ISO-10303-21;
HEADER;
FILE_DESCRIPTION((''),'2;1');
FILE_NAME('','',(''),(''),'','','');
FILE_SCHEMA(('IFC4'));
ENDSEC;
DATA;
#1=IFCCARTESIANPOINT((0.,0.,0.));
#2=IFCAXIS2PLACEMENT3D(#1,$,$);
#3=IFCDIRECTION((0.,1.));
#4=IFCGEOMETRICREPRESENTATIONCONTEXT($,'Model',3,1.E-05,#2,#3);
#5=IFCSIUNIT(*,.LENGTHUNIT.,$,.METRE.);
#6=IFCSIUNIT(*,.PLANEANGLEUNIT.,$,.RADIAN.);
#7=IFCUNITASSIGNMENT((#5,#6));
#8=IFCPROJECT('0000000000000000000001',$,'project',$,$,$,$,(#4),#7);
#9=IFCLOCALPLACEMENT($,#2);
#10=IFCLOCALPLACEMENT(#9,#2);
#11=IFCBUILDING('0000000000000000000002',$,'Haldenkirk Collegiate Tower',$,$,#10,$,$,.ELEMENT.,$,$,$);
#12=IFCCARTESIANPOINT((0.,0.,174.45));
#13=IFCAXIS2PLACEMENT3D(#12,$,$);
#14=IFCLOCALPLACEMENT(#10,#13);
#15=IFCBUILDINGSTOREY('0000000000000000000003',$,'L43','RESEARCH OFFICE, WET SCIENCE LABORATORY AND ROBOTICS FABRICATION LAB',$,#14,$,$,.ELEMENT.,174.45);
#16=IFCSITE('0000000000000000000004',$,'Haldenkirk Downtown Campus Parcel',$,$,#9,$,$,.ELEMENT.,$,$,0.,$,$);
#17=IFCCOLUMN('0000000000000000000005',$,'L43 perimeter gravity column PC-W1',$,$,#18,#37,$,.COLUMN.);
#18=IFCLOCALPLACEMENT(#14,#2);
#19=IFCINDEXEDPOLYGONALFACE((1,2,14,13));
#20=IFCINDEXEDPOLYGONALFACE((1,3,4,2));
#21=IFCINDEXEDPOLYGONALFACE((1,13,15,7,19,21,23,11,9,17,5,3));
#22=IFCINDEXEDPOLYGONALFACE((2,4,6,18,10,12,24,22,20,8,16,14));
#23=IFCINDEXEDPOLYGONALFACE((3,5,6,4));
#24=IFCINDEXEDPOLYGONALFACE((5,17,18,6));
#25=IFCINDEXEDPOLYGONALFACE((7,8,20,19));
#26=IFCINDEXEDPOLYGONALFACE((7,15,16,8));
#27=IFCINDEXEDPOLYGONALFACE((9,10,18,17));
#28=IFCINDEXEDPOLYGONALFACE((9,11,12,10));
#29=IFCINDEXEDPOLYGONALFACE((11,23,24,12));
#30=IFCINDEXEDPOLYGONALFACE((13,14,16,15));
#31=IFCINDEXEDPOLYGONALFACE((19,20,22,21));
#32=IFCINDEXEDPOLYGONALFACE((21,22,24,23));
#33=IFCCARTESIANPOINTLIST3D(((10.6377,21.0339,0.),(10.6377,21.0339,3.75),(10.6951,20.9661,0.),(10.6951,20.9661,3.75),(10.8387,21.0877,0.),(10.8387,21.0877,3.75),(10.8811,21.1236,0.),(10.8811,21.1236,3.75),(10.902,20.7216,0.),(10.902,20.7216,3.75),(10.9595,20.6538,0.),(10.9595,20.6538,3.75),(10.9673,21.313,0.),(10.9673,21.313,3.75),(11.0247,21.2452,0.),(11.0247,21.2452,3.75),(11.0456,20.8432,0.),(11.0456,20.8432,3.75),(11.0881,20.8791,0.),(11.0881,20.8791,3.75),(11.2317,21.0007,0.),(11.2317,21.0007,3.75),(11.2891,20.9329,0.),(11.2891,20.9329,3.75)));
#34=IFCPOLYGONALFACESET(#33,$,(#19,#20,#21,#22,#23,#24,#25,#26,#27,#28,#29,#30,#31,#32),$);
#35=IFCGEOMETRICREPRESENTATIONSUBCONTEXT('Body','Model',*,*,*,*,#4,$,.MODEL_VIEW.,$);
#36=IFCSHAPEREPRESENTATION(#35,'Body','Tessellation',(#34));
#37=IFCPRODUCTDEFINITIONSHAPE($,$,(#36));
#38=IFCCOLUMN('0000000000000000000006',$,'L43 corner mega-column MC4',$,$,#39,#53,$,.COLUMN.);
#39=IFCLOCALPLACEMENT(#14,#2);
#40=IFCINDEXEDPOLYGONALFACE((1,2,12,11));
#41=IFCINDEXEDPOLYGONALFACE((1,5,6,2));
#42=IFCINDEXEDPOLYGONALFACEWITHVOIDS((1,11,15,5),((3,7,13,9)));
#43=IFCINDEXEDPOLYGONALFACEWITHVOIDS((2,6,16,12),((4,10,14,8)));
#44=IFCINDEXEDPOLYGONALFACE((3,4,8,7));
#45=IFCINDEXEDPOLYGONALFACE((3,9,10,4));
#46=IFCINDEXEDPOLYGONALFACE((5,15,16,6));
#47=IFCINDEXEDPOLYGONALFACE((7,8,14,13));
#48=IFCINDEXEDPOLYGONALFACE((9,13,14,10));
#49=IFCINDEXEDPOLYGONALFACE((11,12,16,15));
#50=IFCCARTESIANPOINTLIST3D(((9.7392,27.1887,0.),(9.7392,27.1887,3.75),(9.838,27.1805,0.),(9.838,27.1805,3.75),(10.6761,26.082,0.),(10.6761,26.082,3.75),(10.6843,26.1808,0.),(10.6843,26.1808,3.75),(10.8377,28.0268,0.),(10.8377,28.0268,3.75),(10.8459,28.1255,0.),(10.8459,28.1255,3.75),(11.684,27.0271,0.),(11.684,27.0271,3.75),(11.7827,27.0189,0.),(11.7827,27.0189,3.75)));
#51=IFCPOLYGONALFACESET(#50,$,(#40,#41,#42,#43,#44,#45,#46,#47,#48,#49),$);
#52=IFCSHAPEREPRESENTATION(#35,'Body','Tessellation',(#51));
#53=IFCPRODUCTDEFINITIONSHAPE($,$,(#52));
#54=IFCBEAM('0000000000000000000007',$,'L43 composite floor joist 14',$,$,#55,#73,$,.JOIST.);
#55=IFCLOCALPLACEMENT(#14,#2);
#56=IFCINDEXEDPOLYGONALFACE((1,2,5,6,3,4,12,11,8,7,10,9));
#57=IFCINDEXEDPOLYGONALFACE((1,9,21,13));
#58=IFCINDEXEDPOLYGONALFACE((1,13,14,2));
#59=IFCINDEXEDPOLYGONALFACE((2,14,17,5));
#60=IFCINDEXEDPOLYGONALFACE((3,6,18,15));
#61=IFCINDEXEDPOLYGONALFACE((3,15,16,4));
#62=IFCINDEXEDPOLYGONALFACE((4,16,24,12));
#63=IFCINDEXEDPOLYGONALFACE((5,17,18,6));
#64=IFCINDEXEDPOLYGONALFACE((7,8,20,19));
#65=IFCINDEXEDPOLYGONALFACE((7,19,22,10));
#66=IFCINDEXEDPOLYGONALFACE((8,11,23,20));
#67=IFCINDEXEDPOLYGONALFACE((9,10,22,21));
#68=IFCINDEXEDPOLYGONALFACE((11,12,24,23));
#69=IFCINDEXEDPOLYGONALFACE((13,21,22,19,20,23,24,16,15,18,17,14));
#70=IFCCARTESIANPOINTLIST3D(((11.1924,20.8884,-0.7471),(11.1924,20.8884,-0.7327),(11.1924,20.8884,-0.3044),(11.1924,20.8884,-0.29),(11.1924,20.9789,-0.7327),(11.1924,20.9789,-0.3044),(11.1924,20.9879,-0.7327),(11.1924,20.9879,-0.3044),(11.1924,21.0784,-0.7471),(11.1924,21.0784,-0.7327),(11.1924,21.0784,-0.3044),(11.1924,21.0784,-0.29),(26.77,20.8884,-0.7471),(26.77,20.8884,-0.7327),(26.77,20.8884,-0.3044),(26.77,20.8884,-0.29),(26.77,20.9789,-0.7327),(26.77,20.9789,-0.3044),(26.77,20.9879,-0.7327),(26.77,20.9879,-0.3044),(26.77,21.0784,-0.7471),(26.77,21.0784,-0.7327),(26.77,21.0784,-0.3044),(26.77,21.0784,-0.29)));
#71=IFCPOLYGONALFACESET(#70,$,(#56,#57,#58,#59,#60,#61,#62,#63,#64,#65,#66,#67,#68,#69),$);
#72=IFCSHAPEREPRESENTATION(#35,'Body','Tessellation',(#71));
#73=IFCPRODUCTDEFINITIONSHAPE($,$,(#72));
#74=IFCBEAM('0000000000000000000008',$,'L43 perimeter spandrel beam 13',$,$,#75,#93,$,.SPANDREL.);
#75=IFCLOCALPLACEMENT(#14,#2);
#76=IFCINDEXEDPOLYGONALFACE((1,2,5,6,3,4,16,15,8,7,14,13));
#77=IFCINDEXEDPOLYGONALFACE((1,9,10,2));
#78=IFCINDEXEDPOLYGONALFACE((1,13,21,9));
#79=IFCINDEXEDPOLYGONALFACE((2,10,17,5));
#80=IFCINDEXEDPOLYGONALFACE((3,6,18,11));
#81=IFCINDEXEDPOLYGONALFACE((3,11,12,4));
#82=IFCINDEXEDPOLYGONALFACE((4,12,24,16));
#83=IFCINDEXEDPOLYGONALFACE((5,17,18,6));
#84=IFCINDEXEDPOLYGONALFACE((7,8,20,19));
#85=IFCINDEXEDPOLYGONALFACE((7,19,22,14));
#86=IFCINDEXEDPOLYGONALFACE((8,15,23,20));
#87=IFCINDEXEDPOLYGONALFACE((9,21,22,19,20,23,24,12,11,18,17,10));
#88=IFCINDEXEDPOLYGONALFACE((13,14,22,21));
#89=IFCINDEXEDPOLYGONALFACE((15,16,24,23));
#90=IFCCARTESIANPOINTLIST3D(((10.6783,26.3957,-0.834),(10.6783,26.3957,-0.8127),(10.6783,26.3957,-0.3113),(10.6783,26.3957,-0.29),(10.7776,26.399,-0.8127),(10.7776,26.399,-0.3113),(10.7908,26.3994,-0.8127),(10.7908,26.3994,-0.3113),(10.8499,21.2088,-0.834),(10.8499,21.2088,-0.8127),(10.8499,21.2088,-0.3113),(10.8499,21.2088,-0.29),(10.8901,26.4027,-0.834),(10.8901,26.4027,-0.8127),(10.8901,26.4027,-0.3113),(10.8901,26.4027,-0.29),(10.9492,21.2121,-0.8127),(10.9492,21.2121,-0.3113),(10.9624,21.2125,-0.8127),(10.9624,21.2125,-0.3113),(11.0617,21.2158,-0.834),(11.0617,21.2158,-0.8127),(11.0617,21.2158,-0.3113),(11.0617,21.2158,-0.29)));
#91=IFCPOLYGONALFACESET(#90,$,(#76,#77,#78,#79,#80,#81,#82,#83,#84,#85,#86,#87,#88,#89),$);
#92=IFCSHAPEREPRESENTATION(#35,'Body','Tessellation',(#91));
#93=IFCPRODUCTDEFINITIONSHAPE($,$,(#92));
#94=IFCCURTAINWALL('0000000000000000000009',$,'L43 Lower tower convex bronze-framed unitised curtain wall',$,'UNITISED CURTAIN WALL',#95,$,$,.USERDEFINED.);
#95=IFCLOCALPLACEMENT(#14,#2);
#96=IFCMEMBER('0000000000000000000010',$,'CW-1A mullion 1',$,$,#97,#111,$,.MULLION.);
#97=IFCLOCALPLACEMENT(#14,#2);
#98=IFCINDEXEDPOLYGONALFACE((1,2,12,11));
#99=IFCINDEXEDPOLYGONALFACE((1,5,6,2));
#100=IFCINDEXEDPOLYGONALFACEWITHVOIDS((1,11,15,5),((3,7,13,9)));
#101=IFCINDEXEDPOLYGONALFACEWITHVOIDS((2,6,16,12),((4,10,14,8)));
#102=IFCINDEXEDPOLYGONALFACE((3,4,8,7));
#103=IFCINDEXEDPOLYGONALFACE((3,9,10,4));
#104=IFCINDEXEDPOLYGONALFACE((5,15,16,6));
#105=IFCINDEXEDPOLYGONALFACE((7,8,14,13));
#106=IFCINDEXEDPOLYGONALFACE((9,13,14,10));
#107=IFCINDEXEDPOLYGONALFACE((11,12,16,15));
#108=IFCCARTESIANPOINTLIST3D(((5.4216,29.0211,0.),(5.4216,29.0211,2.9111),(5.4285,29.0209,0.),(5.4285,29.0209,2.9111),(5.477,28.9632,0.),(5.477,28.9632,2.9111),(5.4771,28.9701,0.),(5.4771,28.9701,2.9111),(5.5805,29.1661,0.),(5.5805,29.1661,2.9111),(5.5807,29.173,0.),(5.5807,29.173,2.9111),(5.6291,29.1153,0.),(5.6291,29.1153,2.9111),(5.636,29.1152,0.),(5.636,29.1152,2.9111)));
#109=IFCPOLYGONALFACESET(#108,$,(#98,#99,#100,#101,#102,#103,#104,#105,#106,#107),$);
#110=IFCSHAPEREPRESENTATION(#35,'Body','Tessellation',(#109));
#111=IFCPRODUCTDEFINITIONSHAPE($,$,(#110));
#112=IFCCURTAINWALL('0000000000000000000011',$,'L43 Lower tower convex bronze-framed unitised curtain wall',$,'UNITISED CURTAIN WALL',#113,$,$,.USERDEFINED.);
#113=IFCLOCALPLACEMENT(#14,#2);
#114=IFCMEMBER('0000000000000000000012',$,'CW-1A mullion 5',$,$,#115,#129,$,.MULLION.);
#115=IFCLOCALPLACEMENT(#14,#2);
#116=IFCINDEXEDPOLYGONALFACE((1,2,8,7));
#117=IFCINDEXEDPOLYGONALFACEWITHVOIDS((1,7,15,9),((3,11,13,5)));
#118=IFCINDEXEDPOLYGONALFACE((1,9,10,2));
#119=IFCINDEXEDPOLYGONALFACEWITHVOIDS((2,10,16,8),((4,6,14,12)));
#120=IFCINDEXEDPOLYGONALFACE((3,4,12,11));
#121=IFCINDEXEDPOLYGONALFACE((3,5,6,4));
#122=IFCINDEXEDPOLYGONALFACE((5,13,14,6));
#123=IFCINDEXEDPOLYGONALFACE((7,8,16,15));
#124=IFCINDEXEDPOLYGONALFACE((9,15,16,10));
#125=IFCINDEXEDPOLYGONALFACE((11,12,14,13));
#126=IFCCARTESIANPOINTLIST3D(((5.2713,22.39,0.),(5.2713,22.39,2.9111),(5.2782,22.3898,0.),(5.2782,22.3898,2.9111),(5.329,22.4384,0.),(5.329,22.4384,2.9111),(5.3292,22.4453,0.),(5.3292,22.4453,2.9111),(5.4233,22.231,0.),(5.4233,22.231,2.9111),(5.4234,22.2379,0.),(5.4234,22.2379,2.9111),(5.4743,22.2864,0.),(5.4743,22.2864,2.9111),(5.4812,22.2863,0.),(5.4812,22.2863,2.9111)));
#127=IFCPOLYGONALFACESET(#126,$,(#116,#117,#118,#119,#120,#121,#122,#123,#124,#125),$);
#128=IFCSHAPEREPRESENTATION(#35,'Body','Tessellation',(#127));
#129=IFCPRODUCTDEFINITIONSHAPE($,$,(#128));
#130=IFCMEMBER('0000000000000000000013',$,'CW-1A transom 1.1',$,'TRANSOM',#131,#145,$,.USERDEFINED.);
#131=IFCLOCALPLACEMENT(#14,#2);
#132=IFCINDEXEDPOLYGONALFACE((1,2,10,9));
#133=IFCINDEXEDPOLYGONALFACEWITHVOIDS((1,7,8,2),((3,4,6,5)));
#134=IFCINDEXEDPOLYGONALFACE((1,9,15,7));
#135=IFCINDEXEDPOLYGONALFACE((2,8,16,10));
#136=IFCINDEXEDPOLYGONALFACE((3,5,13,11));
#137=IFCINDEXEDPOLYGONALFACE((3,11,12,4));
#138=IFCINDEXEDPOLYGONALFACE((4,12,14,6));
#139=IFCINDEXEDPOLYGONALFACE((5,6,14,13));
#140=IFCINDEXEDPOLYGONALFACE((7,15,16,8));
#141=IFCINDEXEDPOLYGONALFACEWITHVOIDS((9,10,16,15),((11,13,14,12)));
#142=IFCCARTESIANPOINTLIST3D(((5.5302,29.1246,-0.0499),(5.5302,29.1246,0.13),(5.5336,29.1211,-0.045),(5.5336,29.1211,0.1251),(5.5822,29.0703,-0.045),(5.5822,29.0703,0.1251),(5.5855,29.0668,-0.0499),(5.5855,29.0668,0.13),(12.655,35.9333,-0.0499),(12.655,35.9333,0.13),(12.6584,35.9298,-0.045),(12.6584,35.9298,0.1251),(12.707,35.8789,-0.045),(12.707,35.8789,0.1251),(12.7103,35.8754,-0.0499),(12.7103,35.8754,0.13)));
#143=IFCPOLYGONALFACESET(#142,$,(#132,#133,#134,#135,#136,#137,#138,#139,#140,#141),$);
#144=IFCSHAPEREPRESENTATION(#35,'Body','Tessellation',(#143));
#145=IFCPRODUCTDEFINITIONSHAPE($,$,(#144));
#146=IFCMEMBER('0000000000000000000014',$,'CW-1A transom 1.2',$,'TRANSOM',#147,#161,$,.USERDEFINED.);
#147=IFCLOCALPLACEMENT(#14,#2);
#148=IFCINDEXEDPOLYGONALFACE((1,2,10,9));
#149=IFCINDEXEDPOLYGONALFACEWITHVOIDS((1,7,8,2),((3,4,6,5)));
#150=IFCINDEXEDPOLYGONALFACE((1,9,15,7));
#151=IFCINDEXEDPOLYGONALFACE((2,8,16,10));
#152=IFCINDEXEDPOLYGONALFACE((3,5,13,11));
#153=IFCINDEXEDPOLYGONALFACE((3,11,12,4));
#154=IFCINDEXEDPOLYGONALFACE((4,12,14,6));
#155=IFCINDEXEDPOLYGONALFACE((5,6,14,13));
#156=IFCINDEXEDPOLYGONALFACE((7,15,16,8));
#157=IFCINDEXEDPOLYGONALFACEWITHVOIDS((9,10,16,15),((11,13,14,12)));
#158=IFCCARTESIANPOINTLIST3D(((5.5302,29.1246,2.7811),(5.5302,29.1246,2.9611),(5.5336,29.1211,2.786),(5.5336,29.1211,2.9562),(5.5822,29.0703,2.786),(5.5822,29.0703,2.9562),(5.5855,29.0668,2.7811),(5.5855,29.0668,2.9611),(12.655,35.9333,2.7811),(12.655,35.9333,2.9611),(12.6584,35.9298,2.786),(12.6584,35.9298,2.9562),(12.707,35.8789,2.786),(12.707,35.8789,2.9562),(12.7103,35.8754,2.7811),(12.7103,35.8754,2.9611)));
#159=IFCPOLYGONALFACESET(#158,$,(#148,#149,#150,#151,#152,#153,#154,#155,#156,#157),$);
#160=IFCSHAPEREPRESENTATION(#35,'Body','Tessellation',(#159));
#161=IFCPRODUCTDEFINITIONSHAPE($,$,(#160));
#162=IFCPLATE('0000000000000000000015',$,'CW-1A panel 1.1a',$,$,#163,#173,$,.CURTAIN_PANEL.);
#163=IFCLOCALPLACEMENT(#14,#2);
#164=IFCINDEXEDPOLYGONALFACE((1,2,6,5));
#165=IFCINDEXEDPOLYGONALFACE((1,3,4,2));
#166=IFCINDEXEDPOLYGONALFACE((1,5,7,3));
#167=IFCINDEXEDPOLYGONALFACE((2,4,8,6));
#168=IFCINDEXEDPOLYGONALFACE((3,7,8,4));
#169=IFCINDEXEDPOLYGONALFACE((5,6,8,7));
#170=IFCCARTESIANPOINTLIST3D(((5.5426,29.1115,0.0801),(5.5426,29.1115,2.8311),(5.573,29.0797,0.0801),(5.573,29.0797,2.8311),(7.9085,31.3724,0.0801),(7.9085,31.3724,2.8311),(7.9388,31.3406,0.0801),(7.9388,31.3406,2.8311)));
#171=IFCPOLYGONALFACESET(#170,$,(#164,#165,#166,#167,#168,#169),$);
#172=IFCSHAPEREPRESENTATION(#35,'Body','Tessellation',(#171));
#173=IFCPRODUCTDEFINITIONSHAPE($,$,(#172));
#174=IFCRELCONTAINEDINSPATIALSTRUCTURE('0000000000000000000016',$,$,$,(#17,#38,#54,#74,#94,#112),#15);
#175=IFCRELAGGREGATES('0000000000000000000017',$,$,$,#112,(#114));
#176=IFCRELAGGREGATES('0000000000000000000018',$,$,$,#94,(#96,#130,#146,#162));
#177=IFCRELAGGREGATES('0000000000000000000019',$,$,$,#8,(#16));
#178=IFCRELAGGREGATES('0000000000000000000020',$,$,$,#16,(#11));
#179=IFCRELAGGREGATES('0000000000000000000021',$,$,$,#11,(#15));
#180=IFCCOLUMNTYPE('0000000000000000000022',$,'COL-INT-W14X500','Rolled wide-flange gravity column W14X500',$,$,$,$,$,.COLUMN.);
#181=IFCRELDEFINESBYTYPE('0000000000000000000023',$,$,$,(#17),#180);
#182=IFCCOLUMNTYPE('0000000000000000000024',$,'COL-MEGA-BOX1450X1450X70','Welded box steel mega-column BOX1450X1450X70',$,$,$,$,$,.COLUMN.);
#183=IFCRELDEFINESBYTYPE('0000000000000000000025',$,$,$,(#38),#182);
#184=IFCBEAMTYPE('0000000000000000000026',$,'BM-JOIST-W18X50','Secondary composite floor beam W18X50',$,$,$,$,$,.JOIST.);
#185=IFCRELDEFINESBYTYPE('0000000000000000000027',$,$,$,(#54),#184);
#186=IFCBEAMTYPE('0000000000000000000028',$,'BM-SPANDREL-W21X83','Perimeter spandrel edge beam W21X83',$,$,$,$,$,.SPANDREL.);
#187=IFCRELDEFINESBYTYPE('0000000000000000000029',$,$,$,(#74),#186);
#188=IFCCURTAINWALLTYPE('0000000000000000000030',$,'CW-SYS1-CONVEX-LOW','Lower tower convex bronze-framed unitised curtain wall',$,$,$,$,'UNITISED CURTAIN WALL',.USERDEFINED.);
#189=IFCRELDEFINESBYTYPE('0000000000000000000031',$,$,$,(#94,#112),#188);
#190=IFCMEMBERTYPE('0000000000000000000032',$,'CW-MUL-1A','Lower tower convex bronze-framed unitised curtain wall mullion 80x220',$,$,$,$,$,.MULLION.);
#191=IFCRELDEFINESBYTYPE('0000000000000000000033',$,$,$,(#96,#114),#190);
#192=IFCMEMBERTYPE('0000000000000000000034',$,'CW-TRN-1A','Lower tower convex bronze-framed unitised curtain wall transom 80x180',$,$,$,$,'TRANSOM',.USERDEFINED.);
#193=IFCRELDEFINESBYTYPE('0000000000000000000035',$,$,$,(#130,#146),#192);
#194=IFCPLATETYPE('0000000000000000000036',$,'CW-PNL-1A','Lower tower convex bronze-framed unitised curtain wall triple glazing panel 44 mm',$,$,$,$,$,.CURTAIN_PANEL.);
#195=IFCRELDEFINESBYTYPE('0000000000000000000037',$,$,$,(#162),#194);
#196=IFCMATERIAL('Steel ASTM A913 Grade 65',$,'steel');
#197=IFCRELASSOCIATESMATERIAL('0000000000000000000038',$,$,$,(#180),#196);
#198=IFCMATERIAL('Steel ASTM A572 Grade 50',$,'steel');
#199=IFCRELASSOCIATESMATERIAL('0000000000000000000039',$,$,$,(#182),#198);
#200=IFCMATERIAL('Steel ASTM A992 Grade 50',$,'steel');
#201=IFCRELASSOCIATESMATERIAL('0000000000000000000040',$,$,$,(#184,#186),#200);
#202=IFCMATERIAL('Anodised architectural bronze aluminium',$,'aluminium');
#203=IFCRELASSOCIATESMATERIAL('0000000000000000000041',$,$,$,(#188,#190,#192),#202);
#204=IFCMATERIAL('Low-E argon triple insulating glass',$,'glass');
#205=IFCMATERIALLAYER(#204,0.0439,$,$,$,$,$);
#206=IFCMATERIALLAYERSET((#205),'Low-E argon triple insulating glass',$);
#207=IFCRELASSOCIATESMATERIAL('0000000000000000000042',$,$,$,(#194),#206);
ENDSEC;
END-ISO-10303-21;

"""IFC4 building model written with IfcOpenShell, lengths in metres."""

from ifc_helpers import new_model, si_unit, direction, frame, origin, origin_2d, place, context, subcontext, project, spatial, rectangle, hollow_rectangle, i_section, extrude, source, transform, mapped, material, layer, layer_set, material_profile, profile_set, type_object, element, aggregate, save


model = new_model("IFC4")

# Units and contexts
model_context = context("Model", 3, precision=1e-05, world=origin(), true_north=direction((0.0, 1.0)))
body_context = subcontext(model_context, "Body", "Model", "MODEL_VIEW")
ifc_project = project(units=[si_unit("LENGTHUNIT", "METRE"), si_unit("PLANEANGLEUNIT", "RADIAN")], contexts=[model_context])

# Site, building, storey
site_placement = place(None, origin())
site = spatial("IfcSite", under=ifc_project, at=site_placement, Name="Haldenkirk Downtown Campus Parcel", CompositionType="ELEMENT", RefElevation=0.0)
building_placement = place(site_placement, origin())
building = spatial("IfcBuilding", under=site, at=building_placement, Name="Haldenkirk Collegiate Tower", CompositionType="ELEMENT")
storey_placement = place(building_placement, frame((0.0, 0.0, 174.45)))
storey = spatial("IfcBuildingStorey", under=building, at=storey_placement, Name="L43", Description="RESEARCH OFFICE, WET SCIENCE LABORATORY AND ROBOTICS FABRICATION LAB", CompositionType="ELEMENT", Elevation=174.45)

# Columns
ifc_material_1 = material(Name="Steel ASTM A913 Grade 65", Category="steel")
ifc_material_profile_1 = material_profile(ifc_material_1, i_section(OverallWidth=0.4319, OverallDepth=0.498, WebThickness=0.0557, FlangeThickness=0.0889, at=origin_2d()), Name="W14X500")
ifc_profile_set_1 = profile_set([ifc_material_profile_1], Name="Steel ASTM A913 Grade 65")
column_type_1 = type_object("IfcColumnType", Name="COL-INT-W14X500", Description="Rolled wide-flange gravity column W14X500", PredefinedType="COLUMN", material=ifc_profile_set_1)
column_1_placement = place(storey_placement, frame((10.9634, 20.9834, 0.0), z_axis=(0.0, 0.0, 1.0), x_axis=(0.763232, 0.646124, 0.0)))
element("IfcColumn", 1, at=column_1_placement, inside=storey, type_object=column_type_1, Name="L43 perimeter gravity column PC-W1", PredefinedType="COLUMN", context=body_context, shape_type="SweptSolid", body=[
    extrude(i_section(OverallWidth=0.4319, OverallDepth=0.498, WebThickness=0.0557, FlangeThickness=0.0889, at=origin_2d()), origin(), (0.0, 0.0, 1.0), 3.75),
])
ifc_material_2 = material(Name="Steel ASTM A572 Grade 50", Category="steel")
ifc_material_profile_2 = material_profile(ifc_material_2, hollow_rectangle(XDim=1.45, YDim=1.45, WallThickness=0.0701, at=origin_2d()), Name="BOX1450X1450X70")
ifc_profile_set_2 = profile_set([ifc_material_profile_2], Name="Steel ASTM A572 Grade 50")
column_type_2 = type_object("IfcColumnType", Name="COL-MEGA-BOX1450X1450X70", Description="Welded box steel mega-column BOX1450X1450X70", PredefinedType="COLUMN", material=ifc_profile_set_2)
column_2_placement = place(storey_placement, frame((10.761, 27.1038, 0.0), z_axis=(0.0, 0.0, 1.0), x_axis=(0.763232, 0.646124, 0.0)))
element("IfcColumn", 2, at=column_2_placement, inside=storey, type_object=column_type_2, Name="L43 corner mega-column MC4", PredefinedType="COLUMN", context=body_context, shape_type="SweptSolid", body=[
    extrude(hollow_rectangle(XDim=1.45, YDim=1.45, WallThickness=0.0701, at=origin_2d()), origin(), (0.0, 0.0, 1.0), 3.75),
])

# Beams
ifc_material_3 = material(Name="Steel ASTM A992 Grade 50", Category="steel")
ifc_material_profile_3 = material_profile(ifc_material_3, i_section(OverallWidth=0.1899, OverallDepth=0.457, WebThickness=0.009, FlangeThickness=0.0144, at=origin_2d()), Name="W18X50")
ifc_profile_set_3 = profile_set([ifc_material_profile_3], Name="Steel ASTM A992 Grade 50")
beam_type_1 = type_object("IfcBeamType", Name="BM-JOIST-W18X50", Description="Secondary composite floor beam W18X50", PredefinedType="JOIST", material=ifc_profile_set_3)
beam_1_placement = place(storey_placement, frame((11.1924, 20.9834, -0.5186), z_axis=(1.0, 0.0, 0.0), x_axis=(0.0, 1.0, 0.0)))
element("IfcBeam", 3, at=beam_1_placement, inside=storey, type_object=beam_type_1, Name="L43 composite floor joist 14", PredefinedType="JOIST", context=body_context, shape_type="SweptSolid", body=[
    extrude(i_section(OverallWidth=0.1899, OverallDepth=0.457, WebThickness=0.009, FlangeThickness=0.0144, at=origin_2d()), origin(), (0.0, 0.0, 1.0), 15.5776),
])
ifc_material_profile_4 = material_profile(ifc_material_3, i_section(OverallWidth=0.2119, OverallDepth=0.5439, WebThickness=0.0132, FlangeThickness=0.0212, at=origin_2d()), Name="W21X83")
ifc_profile_set_4 = profile_set([ifc_material_profile_4], Name="Steel ASTM A992 Grade 50")
beam_type_2 = type_object("IfcBeamType", Name="BM-SPANDREL-W21X83", Description="Perimeter spandrel edge beam W21X83", PredefinedType="SPANDREL", material=ifc_profile_set_4)
beam_2_placement = place(storey_placement, frame((10.7842, 26.3992, -0.562), z_axis=(0.033072, -0.999453, 0.0), x_axis=(0.999453, 0.033072, 0.0)))
element("IfcBeam", 4, at=beam_2_placement, inside=storey, type_object=beam_type_2, Name="L43 perimeter spandrel beam 13", PredefinedType="SPANDREL", context=body_context, shape_type="SweptSolid", body=[
    extrude(i_section(OverallWidth=0.2119, OverallDepth=0.5439, WebThickness=0.0132, FlangeThickness=0.0212, at=origin_2d()), origin(), (0.0, 0.0, 1.0), 5.1897),
])

# Curtain walls, members
ifc_material_4 = material(Name="Anodised architectural bronze aluminium", Category="aluminium")
curtain_wall_type = type_object("IfcCurtainWallType", Name="CW-SYS1-CONVEX-LOW", Description="Lower tower convex bronze-framed unitised curtain wall", ElementType="UNITISED CURTAIN WALL", PredefinedType="USERDEFINED", material=ifc_material_4)
curtain_wall_1_placement = place(storey_placement, origin())
curtain_wall_1 = element("IfcCurtainWall", 5, at=curtain_wall_1_placement, inside=storey, type_object=curtain_wall_type, Name="L43 Lower tower convex bronze-framed unitised curtain wall", ObjectType="UNITISED CURTAIN WALL", PredefinedType="USERDEFINED")
ifc_material_profile_5 = material_profile(ifc_material_4, hollow_rectangle(XDim=0.0801, YDim=0.22, WallThickness=0.0049, at=origin_2d()), Name="CW-MUL-1A")
ifc_profile_set_5 = profile_set([ifc_material_profile_5], Name="Anodised architectural bronze aluminium")
member_type_1 = type_object("IfcMemberType", Name="CW-MUL-1A", Description="Lower tower convex bronze-framed unitised curtain wall mullion 80x220", PredefinedType="MULLION", material=ifc_profile_set_5)
member_1_placement = place(storey_placement, frame((5.5288, 29.0681, 0.0), z_axis=(0.0, 0.0, 1.0), x_axis=(-0.690882, 0.722967, 0.0)))
member_1 = element("IfcMember", 6, at=member_1_placement, type_object=member_type_1, Name="CW-1A mullion 1", PredefinedType="MULLION", context=body_context, shape_type="SweptSolid", body=[
    extrude(hollow_rectangle(XDim=0.0801, YDim=0.22, WallThickness=0.0049, at=origin_2d()), origin(), (0.0, 0.0, 1.0), 2.9111),
])
curtain_wall_2_placement = place(storey_placement, origin())
curtain_wall_2 = element("IfcCurtainWall", 7, at=curtain_wall_2_placement, inside=storey, type_object=curtain_wall_type, Name="L43 Lower tower convex bronze-framed unitised curtain wall", ObjectType="UNITISED CURTAIN WALL", PredefinedType="USERDEFINED")
member_2_placement = place(storey_placement, frame((5.3762, 22.3381, 0.0), z_axis=(0.0, 0.0, 1.0), x_axis=(-0.722967, -0.690882, 0.0)))
member_2 = element("IfcMember", 8, at=member_2_placement, type_object=member_type_1, Name="CW-1A mullion 5", PredefinedType="MULLION", context=body_context, shape_type="SweptSolid", body=[
    extrude(hollow_rectangle(XDim=0.0801, YDim=0.22, WallThickness=0.0049, at=origin_2d()), origin(), (0.0, 0.0, 1.0), 2.9111),
])
aggregate(curtain_wall_2, [member_2])

# Members
ifc_material_profile_6 = material_profile(ifc_material_4, hollow_rectangle(XDim=0.0801, YDim=0.1799, WallThickness=0.0049, at=origin_2d()), Name="CW-TRN-1A")
ifc_profile_set_6 = profile_set([ifc_material_profile_6], Name="Anodised architectural bronze aluminium")
member_type_2 = type_object("IfcMemberType", Name="CW-TRN-1A", Description="Lower tower convex bronze-framed unitised curtain wall transom 80x180", ElementType="TRANSOM", PredefinedType="USERDEFINED", material=ifc_profile_set_6)
member_3_placement = place(storey_placement, frame((5.5579, 29.0957, 0.04), z_axis=(0.722966, 0.690884, 0.0), x_axis=(-0.690884, 0.722966, 0.0)))
member_3 = element("IfcMember", 9, at=member_3_placement, type_object=member_type_2, Name="CW-1A transom 1.1", ObjectType="TRANSOM", PredefinedType="USERDEFINED", context=body_context, shape_type="SweptSolid", body=[
    extrude(hollow_rectangle(XDim=0.0801, YDim=0.1799, WallThickness=0.0049, at=origin_2d()), origin(), (0.0, 0.0, 1.0), 9.855),
])
member_4_placement = place(storey_placement, frame((5.5579, 29.0957, 2.8711), z_axis=(0.722966, 0.690884, 0.0), x_axis=(-0.690884, 0.722966, 0.0)))
member_4 = element("IfcMember", 10, at=member_4_placement, type_object=member_type_2, Name="CW-1A transom 1.2", ObjectType="TRANSOM", PredefinedType="USERDEFINED", context=body_context, shape_type="SweptSolid", body=[
    extrude(hollow_rectangle(XDim=0.0801, YDim=0.1799, WallThickness=0.0049, at=origin_2d()), origin(), (0.0, 0.0, 1.0), 9.855),
])

# Plate
ifc_material_5 = material(Name="Low-E argon triple insulating glass", Category="glass")
ifc_layer_1 = layer(ifc_material_5, 0.0439)
ifc_layer_set_1 = layer_set([ifc_layer_1], Name="Low-E argon triple insulating glass")
plate_type = type_object("IfcPlateType", Name="CW-PNL-1A", Description="Lower tower convex bronze-framed unitised curtain wall triple glazing panel 44 mm", PredefinedType="CURTAIN_PANEL", material=ifc_layer_set_1)
shared_shape_1 = source(origin(), body_context, "Body", "SweptSolid", [
    extrude(rectangle(XDim=3.2725, YDim=0.0439, at=origin_2d()), origin(), (0.0, 0.0, 1.0), 2.751),
])
plate_placement = place(storey_placement, frame((6.7407, 30.2261, 0.0801), z_axis=(0.0, 0.0, 1.0), x_axis=(0.722967, 0.690882, 0.0)))
plate = element("IfcPlate", 11, at=plate_placement, type_object=plate_type, Name="CW-1A panel 1.1a", PredefinedType="CURTAIN_PANEL", context=body_context, shape_type="MappedRepresentation", body=[
    mapped(shared_shape_1, transform((0.0, 0.0, 0.0), x_axis=(1.0, 0.0, 0.0), y_axis=(0.0, 1.0, 0.0), z_axis=(0.0, 0.0, 1.0), scale=1.0)),
])
aggregate(curtain_wall_1, [member_1, member_3, member_4, plate])

save(model, "model.ifc")
